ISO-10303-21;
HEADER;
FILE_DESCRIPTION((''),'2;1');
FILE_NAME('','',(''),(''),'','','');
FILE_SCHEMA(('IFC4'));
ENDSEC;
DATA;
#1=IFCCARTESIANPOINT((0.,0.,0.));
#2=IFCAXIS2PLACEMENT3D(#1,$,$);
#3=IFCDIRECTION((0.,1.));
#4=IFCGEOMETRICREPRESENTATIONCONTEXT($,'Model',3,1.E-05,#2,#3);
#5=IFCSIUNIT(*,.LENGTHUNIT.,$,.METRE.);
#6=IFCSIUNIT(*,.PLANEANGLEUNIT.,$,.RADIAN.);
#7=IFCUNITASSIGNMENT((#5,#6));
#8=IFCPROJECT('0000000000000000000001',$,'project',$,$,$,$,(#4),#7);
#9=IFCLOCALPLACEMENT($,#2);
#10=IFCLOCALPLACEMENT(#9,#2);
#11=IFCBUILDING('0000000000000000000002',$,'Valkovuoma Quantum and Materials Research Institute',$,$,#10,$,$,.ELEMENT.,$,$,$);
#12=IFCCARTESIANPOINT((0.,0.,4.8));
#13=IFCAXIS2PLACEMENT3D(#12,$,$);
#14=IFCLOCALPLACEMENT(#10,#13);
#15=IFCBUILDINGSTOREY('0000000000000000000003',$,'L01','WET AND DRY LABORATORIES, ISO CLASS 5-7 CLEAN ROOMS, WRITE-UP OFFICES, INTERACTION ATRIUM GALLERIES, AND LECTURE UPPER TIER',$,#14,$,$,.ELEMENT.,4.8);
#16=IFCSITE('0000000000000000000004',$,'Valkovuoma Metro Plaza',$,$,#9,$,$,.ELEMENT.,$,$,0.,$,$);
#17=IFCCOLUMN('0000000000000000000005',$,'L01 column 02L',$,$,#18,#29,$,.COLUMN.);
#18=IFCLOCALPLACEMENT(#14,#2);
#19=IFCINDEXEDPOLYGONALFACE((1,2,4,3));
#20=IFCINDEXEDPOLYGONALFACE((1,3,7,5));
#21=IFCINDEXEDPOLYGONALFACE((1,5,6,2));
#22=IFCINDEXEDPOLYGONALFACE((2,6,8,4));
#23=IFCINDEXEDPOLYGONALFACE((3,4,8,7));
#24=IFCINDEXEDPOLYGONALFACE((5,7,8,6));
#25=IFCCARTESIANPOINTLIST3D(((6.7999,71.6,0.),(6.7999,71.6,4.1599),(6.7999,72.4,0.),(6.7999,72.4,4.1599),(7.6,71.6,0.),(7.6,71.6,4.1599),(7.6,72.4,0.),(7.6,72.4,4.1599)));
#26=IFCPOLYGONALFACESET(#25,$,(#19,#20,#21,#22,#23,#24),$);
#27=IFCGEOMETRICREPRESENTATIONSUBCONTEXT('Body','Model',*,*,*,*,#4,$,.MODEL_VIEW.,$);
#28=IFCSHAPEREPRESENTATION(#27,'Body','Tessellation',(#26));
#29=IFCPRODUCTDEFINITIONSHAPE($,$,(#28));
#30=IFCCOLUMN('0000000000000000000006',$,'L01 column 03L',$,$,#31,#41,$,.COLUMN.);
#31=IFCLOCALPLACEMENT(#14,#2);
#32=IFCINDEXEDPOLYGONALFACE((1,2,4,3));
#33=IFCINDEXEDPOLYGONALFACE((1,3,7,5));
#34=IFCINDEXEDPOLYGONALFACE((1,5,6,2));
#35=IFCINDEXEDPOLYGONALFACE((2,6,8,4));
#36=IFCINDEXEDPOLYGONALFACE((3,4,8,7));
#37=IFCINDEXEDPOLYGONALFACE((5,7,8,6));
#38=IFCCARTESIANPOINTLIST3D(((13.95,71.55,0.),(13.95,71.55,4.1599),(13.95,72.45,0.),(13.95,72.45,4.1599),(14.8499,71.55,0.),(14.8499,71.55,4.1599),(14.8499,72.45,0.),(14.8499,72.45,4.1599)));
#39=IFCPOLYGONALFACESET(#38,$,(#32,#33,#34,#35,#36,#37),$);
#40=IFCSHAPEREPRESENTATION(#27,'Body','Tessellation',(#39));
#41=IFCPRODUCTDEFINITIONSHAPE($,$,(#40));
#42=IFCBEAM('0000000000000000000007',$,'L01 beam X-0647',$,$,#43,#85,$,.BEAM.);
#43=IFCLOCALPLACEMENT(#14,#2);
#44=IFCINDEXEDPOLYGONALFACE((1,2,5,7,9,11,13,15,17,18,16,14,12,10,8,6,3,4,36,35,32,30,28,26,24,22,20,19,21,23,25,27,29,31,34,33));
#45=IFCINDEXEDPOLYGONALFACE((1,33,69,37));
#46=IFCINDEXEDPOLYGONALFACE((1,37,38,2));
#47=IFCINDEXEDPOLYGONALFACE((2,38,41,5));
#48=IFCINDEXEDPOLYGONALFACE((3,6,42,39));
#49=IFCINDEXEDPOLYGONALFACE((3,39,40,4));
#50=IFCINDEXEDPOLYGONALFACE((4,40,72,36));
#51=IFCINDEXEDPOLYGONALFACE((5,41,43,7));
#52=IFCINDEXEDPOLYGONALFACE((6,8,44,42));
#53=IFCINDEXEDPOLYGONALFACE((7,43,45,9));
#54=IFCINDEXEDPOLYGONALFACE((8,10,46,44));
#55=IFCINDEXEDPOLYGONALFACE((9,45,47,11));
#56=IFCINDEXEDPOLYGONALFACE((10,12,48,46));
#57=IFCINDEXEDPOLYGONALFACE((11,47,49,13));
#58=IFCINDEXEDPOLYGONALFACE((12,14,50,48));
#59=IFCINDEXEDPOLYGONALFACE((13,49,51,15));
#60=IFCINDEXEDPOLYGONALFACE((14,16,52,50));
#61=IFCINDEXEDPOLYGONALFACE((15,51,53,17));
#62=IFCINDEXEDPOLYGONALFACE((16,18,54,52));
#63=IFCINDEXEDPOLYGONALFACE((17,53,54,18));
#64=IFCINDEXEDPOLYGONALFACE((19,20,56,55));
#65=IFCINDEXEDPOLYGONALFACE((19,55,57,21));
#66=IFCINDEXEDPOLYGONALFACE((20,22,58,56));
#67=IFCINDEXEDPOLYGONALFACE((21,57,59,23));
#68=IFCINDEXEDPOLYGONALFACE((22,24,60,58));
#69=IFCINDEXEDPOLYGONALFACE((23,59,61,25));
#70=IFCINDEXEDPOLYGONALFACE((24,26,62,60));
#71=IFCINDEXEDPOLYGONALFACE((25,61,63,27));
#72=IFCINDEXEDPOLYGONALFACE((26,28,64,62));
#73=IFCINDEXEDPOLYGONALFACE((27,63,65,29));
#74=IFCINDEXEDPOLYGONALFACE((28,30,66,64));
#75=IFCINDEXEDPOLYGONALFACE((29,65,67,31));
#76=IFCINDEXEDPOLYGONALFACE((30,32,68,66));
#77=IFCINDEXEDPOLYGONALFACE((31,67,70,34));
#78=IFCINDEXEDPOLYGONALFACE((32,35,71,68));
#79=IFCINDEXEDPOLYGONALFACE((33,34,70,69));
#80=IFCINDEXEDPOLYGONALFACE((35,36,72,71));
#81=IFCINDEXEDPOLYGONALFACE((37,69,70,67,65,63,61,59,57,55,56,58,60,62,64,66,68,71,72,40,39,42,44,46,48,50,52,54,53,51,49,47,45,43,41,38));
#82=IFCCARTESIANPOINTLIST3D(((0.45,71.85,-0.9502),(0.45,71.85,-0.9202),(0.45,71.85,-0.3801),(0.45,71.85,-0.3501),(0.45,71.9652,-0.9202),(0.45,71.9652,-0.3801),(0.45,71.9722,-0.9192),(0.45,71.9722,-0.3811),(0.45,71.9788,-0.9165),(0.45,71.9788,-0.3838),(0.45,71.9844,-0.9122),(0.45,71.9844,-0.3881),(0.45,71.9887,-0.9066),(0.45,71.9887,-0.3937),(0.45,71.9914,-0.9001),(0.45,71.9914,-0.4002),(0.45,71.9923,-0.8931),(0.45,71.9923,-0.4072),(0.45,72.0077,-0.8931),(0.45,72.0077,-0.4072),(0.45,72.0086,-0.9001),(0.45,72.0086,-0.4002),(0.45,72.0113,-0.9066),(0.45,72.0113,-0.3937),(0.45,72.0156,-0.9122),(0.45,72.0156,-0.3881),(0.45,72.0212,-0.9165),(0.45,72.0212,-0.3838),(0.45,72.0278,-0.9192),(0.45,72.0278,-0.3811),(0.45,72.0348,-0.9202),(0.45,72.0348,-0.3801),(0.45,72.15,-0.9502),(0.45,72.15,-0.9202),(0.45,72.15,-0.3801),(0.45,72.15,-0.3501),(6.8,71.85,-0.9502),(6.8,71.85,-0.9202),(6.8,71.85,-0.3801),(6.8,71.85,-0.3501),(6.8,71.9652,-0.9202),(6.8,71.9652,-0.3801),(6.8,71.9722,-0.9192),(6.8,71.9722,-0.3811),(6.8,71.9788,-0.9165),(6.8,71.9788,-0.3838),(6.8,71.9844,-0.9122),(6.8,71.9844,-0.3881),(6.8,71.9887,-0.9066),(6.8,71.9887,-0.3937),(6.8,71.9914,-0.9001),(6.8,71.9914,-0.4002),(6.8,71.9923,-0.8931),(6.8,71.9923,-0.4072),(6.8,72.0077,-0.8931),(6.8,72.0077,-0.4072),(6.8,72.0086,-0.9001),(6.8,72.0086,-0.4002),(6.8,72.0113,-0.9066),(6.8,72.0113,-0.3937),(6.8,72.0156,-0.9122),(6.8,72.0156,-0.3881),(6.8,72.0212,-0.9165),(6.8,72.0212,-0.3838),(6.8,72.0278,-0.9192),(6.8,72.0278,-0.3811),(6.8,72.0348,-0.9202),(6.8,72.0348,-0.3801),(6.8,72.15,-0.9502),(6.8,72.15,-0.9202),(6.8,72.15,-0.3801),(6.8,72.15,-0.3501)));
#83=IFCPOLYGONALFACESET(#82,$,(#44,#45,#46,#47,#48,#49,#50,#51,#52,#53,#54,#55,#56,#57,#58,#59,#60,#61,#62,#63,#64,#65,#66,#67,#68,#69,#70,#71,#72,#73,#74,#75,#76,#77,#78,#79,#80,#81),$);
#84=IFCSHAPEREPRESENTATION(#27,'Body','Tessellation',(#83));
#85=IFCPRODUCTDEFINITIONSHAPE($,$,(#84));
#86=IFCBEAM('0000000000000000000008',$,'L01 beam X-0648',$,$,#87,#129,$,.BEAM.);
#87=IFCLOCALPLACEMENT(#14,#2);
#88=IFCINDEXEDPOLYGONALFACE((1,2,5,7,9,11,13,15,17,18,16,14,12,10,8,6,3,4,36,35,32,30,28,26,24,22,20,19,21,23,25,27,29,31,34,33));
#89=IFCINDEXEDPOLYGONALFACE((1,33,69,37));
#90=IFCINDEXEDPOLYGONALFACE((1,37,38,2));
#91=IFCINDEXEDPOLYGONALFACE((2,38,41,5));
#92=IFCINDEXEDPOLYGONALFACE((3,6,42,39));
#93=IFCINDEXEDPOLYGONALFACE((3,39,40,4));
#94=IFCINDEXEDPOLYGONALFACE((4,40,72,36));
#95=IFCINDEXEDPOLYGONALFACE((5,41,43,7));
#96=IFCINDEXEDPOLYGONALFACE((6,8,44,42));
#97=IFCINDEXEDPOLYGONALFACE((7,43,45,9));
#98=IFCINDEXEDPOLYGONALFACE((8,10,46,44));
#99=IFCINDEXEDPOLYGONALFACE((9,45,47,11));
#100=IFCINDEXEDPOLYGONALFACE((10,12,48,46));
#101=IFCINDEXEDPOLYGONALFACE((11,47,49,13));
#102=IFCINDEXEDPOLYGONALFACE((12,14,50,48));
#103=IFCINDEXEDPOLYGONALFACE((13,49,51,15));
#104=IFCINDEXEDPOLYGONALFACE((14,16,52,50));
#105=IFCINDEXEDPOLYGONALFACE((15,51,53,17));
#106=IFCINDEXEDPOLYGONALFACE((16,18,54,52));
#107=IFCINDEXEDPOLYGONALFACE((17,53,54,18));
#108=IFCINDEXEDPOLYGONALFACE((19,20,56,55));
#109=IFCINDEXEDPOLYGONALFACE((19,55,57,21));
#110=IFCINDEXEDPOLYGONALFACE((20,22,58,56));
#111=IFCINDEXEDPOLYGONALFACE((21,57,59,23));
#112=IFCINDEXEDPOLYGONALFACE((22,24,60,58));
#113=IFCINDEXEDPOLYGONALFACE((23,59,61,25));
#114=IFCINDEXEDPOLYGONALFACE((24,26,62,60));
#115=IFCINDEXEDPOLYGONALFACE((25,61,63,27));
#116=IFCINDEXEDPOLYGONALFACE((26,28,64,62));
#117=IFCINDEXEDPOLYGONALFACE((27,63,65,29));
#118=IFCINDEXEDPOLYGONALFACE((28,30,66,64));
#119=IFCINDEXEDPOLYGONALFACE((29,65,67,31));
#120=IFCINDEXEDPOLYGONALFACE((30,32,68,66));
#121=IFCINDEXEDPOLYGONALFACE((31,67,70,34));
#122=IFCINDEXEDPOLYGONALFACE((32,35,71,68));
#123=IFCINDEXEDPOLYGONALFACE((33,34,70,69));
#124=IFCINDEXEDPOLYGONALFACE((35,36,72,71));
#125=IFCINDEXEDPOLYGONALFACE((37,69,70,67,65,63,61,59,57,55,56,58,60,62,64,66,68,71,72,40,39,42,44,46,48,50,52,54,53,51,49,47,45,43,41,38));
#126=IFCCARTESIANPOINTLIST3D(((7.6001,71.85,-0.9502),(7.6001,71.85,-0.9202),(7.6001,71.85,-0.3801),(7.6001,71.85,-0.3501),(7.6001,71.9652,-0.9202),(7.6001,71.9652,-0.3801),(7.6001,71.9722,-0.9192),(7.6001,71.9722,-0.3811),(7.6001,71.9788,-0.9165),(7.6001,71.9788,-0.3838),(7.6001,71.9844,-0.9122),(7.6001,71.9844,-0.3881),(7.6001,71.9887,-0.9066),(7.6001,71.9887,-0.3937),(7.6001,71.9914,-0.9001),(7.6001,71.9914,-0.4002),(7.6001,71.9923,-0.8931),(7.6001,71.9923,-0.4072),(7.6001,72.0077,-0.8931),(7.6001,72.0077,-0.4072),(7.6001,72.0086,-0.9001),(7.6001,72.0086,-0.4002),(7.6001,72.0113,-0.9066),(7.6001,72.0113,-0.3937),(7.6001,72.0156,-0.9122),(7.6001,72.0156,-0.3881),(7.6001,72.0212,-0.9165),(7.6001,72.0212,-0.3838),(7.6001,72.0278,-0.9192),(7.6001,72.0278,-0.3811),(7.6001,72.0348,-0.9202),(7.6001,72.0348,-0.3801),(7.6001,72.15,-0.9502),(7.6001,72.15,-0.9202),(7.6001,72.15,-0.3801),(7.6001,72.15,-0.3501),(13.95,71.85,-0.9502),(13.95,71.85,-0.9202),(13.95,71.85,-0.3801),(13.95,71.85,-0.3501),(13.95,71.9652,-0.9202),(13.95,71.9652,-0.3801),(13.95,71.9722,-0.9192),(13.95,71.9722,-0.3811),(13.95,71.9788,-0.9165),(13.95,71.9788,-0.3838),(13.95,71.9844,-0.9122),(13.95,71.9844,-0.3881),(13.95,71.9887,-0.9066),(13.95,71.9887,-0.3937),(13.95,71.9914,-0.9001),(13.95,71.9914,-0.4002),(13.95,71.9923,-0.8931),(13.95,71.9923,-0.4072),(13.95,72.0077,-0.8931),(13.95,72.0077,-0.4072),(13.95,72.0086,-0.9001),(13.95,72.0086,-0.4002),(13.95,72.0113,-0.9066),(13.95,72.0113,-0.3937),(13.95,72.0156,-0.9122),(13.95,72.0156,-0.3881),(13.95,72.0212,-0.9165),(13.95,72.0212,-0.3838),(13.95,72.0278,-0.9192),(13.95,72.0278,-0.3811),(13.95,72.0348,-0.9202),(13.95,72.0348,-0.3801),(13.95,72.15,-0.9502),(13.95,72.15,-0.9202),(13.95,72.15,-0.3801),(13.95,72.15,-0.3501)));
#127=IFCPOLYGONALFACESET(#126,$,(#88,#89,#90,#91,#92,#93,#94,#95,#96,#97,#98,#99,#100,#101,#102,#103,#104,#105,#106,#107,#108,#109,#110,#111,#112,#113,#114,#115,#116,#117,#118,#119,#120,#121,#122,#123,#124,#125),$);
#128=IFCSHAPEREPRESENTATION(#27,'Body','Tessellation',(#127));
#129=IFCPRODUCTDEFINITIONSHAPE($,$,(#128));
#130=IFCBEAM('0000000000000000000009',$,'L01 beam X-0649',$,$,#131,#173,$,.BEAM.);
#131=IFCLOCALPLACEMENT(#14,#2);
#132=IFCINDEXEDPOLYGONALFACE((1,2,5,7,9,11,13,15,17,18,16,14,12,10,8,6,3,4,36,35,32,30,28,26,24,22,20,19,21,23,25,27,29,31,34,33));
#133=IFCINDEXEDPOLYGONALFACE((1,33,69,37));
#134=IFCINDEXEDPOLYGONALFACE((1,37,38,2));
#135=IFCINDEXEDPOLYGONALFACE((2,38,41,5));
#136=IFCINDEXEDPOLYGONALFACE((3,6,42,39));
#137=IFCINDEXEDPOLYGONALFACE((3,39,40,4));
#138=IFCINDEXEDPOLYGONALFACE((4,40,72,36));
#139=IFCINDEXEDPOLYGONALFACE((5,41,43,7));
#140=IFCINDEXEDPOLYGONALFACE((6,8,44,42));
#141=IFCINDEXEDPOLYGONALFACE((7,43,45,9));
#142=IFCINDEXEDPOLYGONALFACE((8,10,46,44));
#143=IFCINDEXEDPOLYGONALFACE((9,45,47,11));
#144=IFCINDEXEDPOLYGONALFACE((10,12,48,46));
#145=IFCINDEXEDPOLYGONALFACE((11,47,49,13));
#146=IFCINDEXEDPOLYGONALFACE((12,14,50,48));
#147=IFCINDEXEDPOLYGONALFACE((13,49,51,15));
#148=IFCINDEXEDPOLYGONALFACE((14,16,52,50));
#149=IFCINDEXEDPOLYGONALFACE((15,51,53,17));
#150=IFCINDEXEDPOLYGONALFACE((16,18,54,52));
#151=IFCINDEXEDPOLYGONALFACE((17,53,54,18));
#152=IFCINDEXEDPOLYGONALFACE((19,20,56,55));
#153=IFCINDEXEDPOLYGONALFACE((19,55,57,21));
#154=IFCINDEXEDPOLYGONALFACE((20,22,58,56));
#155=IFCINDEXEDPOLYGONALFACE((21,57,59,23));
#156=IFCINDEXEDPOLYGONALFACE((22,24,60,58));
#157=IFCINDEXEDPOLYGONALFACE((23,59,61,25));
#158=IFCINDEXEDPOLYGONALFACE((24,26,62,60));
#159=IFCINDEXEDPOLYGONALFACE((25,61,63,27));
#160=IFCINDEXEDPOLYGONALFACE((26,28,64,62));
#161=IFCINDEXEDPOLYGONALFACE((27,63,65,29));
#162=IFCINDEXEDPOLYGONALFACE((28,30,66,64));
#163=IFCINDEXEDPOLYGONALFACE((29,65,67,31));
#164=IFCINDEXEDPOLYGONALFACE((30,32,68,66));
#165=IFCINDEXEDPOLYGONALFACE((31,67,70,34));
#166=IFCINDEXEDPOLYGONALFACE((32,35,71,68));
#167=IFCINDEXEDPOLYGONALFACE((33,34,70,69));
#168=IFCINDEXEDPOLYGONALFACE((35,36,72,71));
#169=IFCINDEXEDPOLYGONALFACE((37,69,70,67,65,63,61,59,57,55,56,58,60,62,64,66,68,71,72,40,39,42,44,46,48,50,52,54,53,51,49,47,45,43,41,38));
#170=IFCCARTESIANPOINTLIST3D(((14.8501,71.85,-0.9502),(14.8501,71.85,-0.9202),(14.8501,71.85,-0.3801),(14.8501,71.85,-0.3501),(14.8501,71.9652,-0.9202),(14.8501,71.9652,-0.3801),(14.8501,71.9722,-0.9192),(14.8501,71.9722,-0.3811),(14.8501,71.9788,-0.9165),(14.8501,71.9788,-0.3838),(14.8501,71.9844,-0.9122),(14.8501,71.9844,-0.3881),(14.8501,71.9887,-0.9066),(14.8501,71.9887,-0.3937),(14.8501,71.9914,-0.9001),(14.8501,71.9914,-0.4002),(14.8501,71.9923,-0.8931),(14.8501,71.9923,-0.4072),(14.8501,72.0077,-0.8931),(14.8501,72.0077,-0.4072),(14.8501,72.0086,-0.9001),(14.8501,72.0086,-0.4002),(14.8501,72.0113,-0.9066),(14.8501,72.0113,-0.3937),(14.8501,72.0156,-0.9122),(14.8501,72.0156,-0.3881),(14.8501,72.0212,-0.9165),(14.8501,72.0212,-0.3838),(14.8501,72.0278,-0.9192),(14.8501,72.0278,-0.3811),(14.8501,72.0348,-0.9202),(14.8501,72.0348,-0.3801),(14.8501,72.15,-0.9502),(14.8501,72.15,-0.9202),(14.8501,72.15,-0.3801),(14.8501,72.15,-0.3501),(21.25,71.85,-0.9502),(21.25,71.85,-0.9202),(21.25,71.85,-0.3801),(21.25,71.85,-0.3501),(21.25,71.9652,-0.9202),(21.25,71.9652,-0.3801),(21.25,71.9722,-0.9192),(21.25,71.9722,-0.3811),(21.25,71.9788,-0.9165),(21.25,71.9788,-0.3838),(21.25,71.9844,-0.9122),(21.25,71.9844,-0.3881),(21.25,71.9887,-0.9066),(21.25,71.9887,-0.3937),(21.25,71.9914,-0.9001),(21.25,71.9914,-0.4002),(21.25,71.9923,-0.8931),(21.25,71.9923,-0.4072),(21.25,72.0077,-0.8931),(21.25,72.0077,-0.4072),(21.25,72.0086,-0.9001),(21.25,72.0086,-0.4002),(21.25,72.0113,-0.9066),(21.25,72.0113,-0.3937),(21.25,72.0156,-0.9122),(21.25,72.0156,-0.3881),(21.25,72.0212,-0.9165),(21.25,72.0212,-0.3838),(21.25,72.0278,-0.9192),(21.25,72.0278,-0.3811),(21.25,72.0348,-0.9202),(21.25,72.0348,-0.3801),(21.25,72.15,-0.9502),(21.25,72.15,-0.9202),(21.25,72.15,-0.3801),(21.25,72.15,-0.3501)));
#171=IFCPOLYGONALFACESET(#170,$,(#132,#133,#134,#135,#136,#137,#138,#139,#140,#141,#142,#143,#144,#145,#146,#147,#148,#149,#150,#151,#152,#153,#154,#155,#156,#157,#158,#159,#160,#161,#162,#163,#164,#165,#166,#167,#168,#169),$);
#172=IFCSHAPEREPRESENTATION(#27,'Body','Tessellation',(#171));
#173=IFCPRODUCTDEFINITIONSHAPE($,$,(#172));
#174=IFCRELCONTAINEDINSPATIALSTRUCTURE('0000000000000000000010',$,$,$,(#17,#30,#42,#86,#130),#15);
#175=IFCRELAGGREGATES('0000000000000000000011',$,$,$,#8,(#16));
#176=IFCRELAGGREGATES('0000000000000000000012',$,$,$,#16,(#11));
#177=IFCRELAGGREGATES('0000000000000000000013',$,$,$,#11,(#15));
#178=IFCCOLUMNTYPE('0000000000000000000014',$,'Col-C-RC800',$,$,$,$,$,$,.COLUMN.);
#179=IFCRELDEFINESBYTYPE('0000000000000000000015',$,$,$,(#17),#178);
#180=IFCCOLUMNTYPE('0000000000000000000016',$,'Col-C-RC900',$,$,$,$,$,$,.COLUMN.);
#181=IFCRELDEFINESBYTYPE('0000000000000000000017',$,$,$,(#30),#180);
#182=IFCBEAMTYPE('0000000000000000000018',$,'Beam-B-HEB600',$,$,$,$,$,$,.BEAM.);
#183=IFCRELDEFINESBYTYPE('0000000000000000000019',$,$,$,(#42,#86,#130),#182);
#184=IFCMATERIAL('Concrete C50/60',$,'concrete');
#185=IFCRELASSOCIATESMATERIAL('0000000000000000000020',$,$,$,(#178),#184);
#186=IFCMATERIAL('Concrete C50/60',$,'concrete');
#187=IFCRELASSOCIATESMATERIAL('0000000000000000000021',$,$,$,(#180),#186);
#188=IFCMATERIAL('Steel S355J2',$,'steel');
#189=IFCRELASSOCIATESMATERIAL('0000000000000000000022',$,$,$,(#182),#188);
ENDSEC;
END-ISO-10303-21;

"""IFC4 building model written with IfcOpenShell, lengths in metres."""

from ifc_helpers import new_model, si_unit, direction, frame, origin, origin_2d, place, context, subcontext, project, spatial, rectangle, i_section, extrude, material, material_profile, profile_set, type_object, element, save


model = new_model("IFC4")

# Units and contexts
model_context = context("Model", 3, precision=1e-05, world=origin(), true_north=direction((0.0, 1.0)))
body_context = subcontext(model_context, "Body", "Model", "MODEL_VIEW")
ifc_project = project(units=[si_unit("LENGTHUNIT", "METRE"), si_unit("PLANEANGLEUNIT", "RADIAN")], contexts=[model_context])

# Site, building, storey
site_placement = place(None, origin())
site = spatial("IfcSite", under=ifc_project, at=site_placement, Name="Valkovuoma Metro Plaza", CompositionType="ELEMENT", RefElevation=0.0)
building_placement = place(site_placement, origin())
building = spatial("IfcBuilding", under=site, at=building_placement, Name="Valkovuoma Quantum and Materials Research Institute", CompositionType="ELEMENT")
storey_placement = place(building_placement, frame((0.0, 0.0, 4.8)))
storey = spatial("IfcBuildingStorey", under=building, at=storey_placement, Name="L01", Description="WET AND DRY LABORATORIES, ISO CLASS 5-7 CLEAN ROOMS, WRITE-UP OFFICES, INTERACTION ATRIUM GALLERIES, AND LECTURE UPPER TIER", CompositionType="ELEMENT", Elevation=4.8)

# Columns
ifc_material_1 = material(Name="Concrete C50/60", Category="concrete")
ifc_material_profile_1 = material_profile(ifc_material_1, rectangle(XDim=0.8, YDim=0.8, at=origin_2d()), Name="Concrete C50/60")
ifc_profile_set_1 = profile_set([ifc_material_profile_1], Name="Concrete C50/60")
column_type_1 = type_object("IfcColumnType", Name="Col-C-RC800", PredefinedType="COLUMN", material=ifc_profile_set_1)
column_1_placement = place(storey_placement, frame((7.2, 72.0, 0.0), z_axis=(0.0, 0.0, 1.0), x_axis=(1.0, 0.0, 0.0)))
element("IfcColumn", 1, at=column_1_placement, inside=storey, type_object=column_type_1, Name="L01 column 02L", PredefinedType="COLUMN", context=body_context, shape_type="SweptSolid", body=[
    extrude(rectangle(XDim=0.8, YDim=0.8, at=origin_2d()), origin(), (0.0, 0.0, 1.0), 4.1599),
])
ifc_material_2 = material(Name="Concrete C50/60", Category="concrete")
ifc_material_profile_2 = material_profile(ifc_material_2, rectangle(XDim=0.8999, YDim=0.8999, at=origin_2d()), Name="Concrete C50/60")
ifc_profile_set_2 = profile_set([ifc_material_profile_2], Name="Concrete C50/60")
column_type_2 = type_object("IfcColumnType", Name="Col-C-RC900", PredefinedType="COLUMN", material=ifc_profile_set_2)
column_2_placement = place(storey_placement, frame((14.3999, 72.0, 0.0), z_axis=(0.0, 0.0, 1.0), x_axis=(1.0, 0.0, 0.0)))
element("IfcColumn", 2, at=column_2_placement, inside=storey, type_object=column_type_2, Name="L01 column 03L", PredefinedType="COLUMN", context=body_context, shape_type="SweptSolid", body=[
    extrude(rectangle(XDim=0.8999, YDim=0.8999, at=origin_2d()), origin(), (0.0, 0.0, 1.0), 4.1599),
])

# Beams
ifc_material_3 = material(Name="Steel S355J2", Category="steel")
ifc_material_profile_3 = material_profile(ifc_material_3, i_section(OverallWidth=0.3, OverallDepth=0.6001, WebThickness=0.0154, FlangeThickness=0.03, FilletRadius=0.0271, at=origin_2d()), Name="Steel S355J2")
ifc_profile_set_3 = profile_set([ifc_material_profile_3], Name="Steel S355J2")
beam_type_1 = type_object("IfcBeamType", Name="Beam-B-HEB600", PredefinedType="BEAM", material=ifc_profile_set_3)
beam_1_placement = place(storey_placement, frame((0.45, 72.0, -0.6501), z_axis=(1.0, 0.0, 0.0), x_axis=(0.0, 1.0, 0.0)))
element("IfcBeam", 3, at=beam_1_placement, inside=storey, type_object=beam_type_1, Name="L01 beam X-0647", PredefinedType="BEAM", context=body_context, shape_type="SweptSolid", body=[
    extrude(i_section(OverallWidth=0.3, OverallDepth=0.6001, WebThickness=0.0154, FlangeThickness=0.03, FilletRadius=0.0271, at=origin_2d()), origin(), (0.0, 0.0, 1.0), 6.3501),
])
beam_2_placement = place(storey_placement, frame((7.6001, 72.0, -0.6501), z_axis=(1.0, 0.0, 0.0), x_axis=(0.0, 1.0, 0.0)))
element("IfcBeam", 4, at=beam_2_placement, inside=storey, type_object=beam_type_1, Name="L01 beam X-0648", PredefinedType="BEAM", context=body_context, shape_type="SweptSolid", body=[
    extrude(i_section(OverallWidth=0.3, OverallDepth=0.6001, WebThickness=0.0154, FlangeThickness=0.03, FilletRadius=0.0271, at=origin_2d()), origin(), (0.0, 0.0, 1.0), 6.3499),
])
beam_3_placement = place(storey_placement, frame((14.8501, 72.0, -0.6501), z_axis=(1.0, 0.0, 0.0), x_axis=(0.0, 1.0, 0.0)))
element("IfcBeam", 5, at=beam_3_placement, inside=storey, type_object=beam_type_1, Name="L01 beam X-0649", PredefinedType="BEAM", context=body_context, shape_type="SweptSolid", body=[
    extrude(i_section(OverallWidth=0.3, OverallDepth=0.6001, WebThickness=0.0154, FlangeThickness=0.03, FilletRadius=0.0271, at=origin_2d()), origin(), (0.0, 0.0, 1.0), 6.3999),
])

save(model, "model.ifc")
